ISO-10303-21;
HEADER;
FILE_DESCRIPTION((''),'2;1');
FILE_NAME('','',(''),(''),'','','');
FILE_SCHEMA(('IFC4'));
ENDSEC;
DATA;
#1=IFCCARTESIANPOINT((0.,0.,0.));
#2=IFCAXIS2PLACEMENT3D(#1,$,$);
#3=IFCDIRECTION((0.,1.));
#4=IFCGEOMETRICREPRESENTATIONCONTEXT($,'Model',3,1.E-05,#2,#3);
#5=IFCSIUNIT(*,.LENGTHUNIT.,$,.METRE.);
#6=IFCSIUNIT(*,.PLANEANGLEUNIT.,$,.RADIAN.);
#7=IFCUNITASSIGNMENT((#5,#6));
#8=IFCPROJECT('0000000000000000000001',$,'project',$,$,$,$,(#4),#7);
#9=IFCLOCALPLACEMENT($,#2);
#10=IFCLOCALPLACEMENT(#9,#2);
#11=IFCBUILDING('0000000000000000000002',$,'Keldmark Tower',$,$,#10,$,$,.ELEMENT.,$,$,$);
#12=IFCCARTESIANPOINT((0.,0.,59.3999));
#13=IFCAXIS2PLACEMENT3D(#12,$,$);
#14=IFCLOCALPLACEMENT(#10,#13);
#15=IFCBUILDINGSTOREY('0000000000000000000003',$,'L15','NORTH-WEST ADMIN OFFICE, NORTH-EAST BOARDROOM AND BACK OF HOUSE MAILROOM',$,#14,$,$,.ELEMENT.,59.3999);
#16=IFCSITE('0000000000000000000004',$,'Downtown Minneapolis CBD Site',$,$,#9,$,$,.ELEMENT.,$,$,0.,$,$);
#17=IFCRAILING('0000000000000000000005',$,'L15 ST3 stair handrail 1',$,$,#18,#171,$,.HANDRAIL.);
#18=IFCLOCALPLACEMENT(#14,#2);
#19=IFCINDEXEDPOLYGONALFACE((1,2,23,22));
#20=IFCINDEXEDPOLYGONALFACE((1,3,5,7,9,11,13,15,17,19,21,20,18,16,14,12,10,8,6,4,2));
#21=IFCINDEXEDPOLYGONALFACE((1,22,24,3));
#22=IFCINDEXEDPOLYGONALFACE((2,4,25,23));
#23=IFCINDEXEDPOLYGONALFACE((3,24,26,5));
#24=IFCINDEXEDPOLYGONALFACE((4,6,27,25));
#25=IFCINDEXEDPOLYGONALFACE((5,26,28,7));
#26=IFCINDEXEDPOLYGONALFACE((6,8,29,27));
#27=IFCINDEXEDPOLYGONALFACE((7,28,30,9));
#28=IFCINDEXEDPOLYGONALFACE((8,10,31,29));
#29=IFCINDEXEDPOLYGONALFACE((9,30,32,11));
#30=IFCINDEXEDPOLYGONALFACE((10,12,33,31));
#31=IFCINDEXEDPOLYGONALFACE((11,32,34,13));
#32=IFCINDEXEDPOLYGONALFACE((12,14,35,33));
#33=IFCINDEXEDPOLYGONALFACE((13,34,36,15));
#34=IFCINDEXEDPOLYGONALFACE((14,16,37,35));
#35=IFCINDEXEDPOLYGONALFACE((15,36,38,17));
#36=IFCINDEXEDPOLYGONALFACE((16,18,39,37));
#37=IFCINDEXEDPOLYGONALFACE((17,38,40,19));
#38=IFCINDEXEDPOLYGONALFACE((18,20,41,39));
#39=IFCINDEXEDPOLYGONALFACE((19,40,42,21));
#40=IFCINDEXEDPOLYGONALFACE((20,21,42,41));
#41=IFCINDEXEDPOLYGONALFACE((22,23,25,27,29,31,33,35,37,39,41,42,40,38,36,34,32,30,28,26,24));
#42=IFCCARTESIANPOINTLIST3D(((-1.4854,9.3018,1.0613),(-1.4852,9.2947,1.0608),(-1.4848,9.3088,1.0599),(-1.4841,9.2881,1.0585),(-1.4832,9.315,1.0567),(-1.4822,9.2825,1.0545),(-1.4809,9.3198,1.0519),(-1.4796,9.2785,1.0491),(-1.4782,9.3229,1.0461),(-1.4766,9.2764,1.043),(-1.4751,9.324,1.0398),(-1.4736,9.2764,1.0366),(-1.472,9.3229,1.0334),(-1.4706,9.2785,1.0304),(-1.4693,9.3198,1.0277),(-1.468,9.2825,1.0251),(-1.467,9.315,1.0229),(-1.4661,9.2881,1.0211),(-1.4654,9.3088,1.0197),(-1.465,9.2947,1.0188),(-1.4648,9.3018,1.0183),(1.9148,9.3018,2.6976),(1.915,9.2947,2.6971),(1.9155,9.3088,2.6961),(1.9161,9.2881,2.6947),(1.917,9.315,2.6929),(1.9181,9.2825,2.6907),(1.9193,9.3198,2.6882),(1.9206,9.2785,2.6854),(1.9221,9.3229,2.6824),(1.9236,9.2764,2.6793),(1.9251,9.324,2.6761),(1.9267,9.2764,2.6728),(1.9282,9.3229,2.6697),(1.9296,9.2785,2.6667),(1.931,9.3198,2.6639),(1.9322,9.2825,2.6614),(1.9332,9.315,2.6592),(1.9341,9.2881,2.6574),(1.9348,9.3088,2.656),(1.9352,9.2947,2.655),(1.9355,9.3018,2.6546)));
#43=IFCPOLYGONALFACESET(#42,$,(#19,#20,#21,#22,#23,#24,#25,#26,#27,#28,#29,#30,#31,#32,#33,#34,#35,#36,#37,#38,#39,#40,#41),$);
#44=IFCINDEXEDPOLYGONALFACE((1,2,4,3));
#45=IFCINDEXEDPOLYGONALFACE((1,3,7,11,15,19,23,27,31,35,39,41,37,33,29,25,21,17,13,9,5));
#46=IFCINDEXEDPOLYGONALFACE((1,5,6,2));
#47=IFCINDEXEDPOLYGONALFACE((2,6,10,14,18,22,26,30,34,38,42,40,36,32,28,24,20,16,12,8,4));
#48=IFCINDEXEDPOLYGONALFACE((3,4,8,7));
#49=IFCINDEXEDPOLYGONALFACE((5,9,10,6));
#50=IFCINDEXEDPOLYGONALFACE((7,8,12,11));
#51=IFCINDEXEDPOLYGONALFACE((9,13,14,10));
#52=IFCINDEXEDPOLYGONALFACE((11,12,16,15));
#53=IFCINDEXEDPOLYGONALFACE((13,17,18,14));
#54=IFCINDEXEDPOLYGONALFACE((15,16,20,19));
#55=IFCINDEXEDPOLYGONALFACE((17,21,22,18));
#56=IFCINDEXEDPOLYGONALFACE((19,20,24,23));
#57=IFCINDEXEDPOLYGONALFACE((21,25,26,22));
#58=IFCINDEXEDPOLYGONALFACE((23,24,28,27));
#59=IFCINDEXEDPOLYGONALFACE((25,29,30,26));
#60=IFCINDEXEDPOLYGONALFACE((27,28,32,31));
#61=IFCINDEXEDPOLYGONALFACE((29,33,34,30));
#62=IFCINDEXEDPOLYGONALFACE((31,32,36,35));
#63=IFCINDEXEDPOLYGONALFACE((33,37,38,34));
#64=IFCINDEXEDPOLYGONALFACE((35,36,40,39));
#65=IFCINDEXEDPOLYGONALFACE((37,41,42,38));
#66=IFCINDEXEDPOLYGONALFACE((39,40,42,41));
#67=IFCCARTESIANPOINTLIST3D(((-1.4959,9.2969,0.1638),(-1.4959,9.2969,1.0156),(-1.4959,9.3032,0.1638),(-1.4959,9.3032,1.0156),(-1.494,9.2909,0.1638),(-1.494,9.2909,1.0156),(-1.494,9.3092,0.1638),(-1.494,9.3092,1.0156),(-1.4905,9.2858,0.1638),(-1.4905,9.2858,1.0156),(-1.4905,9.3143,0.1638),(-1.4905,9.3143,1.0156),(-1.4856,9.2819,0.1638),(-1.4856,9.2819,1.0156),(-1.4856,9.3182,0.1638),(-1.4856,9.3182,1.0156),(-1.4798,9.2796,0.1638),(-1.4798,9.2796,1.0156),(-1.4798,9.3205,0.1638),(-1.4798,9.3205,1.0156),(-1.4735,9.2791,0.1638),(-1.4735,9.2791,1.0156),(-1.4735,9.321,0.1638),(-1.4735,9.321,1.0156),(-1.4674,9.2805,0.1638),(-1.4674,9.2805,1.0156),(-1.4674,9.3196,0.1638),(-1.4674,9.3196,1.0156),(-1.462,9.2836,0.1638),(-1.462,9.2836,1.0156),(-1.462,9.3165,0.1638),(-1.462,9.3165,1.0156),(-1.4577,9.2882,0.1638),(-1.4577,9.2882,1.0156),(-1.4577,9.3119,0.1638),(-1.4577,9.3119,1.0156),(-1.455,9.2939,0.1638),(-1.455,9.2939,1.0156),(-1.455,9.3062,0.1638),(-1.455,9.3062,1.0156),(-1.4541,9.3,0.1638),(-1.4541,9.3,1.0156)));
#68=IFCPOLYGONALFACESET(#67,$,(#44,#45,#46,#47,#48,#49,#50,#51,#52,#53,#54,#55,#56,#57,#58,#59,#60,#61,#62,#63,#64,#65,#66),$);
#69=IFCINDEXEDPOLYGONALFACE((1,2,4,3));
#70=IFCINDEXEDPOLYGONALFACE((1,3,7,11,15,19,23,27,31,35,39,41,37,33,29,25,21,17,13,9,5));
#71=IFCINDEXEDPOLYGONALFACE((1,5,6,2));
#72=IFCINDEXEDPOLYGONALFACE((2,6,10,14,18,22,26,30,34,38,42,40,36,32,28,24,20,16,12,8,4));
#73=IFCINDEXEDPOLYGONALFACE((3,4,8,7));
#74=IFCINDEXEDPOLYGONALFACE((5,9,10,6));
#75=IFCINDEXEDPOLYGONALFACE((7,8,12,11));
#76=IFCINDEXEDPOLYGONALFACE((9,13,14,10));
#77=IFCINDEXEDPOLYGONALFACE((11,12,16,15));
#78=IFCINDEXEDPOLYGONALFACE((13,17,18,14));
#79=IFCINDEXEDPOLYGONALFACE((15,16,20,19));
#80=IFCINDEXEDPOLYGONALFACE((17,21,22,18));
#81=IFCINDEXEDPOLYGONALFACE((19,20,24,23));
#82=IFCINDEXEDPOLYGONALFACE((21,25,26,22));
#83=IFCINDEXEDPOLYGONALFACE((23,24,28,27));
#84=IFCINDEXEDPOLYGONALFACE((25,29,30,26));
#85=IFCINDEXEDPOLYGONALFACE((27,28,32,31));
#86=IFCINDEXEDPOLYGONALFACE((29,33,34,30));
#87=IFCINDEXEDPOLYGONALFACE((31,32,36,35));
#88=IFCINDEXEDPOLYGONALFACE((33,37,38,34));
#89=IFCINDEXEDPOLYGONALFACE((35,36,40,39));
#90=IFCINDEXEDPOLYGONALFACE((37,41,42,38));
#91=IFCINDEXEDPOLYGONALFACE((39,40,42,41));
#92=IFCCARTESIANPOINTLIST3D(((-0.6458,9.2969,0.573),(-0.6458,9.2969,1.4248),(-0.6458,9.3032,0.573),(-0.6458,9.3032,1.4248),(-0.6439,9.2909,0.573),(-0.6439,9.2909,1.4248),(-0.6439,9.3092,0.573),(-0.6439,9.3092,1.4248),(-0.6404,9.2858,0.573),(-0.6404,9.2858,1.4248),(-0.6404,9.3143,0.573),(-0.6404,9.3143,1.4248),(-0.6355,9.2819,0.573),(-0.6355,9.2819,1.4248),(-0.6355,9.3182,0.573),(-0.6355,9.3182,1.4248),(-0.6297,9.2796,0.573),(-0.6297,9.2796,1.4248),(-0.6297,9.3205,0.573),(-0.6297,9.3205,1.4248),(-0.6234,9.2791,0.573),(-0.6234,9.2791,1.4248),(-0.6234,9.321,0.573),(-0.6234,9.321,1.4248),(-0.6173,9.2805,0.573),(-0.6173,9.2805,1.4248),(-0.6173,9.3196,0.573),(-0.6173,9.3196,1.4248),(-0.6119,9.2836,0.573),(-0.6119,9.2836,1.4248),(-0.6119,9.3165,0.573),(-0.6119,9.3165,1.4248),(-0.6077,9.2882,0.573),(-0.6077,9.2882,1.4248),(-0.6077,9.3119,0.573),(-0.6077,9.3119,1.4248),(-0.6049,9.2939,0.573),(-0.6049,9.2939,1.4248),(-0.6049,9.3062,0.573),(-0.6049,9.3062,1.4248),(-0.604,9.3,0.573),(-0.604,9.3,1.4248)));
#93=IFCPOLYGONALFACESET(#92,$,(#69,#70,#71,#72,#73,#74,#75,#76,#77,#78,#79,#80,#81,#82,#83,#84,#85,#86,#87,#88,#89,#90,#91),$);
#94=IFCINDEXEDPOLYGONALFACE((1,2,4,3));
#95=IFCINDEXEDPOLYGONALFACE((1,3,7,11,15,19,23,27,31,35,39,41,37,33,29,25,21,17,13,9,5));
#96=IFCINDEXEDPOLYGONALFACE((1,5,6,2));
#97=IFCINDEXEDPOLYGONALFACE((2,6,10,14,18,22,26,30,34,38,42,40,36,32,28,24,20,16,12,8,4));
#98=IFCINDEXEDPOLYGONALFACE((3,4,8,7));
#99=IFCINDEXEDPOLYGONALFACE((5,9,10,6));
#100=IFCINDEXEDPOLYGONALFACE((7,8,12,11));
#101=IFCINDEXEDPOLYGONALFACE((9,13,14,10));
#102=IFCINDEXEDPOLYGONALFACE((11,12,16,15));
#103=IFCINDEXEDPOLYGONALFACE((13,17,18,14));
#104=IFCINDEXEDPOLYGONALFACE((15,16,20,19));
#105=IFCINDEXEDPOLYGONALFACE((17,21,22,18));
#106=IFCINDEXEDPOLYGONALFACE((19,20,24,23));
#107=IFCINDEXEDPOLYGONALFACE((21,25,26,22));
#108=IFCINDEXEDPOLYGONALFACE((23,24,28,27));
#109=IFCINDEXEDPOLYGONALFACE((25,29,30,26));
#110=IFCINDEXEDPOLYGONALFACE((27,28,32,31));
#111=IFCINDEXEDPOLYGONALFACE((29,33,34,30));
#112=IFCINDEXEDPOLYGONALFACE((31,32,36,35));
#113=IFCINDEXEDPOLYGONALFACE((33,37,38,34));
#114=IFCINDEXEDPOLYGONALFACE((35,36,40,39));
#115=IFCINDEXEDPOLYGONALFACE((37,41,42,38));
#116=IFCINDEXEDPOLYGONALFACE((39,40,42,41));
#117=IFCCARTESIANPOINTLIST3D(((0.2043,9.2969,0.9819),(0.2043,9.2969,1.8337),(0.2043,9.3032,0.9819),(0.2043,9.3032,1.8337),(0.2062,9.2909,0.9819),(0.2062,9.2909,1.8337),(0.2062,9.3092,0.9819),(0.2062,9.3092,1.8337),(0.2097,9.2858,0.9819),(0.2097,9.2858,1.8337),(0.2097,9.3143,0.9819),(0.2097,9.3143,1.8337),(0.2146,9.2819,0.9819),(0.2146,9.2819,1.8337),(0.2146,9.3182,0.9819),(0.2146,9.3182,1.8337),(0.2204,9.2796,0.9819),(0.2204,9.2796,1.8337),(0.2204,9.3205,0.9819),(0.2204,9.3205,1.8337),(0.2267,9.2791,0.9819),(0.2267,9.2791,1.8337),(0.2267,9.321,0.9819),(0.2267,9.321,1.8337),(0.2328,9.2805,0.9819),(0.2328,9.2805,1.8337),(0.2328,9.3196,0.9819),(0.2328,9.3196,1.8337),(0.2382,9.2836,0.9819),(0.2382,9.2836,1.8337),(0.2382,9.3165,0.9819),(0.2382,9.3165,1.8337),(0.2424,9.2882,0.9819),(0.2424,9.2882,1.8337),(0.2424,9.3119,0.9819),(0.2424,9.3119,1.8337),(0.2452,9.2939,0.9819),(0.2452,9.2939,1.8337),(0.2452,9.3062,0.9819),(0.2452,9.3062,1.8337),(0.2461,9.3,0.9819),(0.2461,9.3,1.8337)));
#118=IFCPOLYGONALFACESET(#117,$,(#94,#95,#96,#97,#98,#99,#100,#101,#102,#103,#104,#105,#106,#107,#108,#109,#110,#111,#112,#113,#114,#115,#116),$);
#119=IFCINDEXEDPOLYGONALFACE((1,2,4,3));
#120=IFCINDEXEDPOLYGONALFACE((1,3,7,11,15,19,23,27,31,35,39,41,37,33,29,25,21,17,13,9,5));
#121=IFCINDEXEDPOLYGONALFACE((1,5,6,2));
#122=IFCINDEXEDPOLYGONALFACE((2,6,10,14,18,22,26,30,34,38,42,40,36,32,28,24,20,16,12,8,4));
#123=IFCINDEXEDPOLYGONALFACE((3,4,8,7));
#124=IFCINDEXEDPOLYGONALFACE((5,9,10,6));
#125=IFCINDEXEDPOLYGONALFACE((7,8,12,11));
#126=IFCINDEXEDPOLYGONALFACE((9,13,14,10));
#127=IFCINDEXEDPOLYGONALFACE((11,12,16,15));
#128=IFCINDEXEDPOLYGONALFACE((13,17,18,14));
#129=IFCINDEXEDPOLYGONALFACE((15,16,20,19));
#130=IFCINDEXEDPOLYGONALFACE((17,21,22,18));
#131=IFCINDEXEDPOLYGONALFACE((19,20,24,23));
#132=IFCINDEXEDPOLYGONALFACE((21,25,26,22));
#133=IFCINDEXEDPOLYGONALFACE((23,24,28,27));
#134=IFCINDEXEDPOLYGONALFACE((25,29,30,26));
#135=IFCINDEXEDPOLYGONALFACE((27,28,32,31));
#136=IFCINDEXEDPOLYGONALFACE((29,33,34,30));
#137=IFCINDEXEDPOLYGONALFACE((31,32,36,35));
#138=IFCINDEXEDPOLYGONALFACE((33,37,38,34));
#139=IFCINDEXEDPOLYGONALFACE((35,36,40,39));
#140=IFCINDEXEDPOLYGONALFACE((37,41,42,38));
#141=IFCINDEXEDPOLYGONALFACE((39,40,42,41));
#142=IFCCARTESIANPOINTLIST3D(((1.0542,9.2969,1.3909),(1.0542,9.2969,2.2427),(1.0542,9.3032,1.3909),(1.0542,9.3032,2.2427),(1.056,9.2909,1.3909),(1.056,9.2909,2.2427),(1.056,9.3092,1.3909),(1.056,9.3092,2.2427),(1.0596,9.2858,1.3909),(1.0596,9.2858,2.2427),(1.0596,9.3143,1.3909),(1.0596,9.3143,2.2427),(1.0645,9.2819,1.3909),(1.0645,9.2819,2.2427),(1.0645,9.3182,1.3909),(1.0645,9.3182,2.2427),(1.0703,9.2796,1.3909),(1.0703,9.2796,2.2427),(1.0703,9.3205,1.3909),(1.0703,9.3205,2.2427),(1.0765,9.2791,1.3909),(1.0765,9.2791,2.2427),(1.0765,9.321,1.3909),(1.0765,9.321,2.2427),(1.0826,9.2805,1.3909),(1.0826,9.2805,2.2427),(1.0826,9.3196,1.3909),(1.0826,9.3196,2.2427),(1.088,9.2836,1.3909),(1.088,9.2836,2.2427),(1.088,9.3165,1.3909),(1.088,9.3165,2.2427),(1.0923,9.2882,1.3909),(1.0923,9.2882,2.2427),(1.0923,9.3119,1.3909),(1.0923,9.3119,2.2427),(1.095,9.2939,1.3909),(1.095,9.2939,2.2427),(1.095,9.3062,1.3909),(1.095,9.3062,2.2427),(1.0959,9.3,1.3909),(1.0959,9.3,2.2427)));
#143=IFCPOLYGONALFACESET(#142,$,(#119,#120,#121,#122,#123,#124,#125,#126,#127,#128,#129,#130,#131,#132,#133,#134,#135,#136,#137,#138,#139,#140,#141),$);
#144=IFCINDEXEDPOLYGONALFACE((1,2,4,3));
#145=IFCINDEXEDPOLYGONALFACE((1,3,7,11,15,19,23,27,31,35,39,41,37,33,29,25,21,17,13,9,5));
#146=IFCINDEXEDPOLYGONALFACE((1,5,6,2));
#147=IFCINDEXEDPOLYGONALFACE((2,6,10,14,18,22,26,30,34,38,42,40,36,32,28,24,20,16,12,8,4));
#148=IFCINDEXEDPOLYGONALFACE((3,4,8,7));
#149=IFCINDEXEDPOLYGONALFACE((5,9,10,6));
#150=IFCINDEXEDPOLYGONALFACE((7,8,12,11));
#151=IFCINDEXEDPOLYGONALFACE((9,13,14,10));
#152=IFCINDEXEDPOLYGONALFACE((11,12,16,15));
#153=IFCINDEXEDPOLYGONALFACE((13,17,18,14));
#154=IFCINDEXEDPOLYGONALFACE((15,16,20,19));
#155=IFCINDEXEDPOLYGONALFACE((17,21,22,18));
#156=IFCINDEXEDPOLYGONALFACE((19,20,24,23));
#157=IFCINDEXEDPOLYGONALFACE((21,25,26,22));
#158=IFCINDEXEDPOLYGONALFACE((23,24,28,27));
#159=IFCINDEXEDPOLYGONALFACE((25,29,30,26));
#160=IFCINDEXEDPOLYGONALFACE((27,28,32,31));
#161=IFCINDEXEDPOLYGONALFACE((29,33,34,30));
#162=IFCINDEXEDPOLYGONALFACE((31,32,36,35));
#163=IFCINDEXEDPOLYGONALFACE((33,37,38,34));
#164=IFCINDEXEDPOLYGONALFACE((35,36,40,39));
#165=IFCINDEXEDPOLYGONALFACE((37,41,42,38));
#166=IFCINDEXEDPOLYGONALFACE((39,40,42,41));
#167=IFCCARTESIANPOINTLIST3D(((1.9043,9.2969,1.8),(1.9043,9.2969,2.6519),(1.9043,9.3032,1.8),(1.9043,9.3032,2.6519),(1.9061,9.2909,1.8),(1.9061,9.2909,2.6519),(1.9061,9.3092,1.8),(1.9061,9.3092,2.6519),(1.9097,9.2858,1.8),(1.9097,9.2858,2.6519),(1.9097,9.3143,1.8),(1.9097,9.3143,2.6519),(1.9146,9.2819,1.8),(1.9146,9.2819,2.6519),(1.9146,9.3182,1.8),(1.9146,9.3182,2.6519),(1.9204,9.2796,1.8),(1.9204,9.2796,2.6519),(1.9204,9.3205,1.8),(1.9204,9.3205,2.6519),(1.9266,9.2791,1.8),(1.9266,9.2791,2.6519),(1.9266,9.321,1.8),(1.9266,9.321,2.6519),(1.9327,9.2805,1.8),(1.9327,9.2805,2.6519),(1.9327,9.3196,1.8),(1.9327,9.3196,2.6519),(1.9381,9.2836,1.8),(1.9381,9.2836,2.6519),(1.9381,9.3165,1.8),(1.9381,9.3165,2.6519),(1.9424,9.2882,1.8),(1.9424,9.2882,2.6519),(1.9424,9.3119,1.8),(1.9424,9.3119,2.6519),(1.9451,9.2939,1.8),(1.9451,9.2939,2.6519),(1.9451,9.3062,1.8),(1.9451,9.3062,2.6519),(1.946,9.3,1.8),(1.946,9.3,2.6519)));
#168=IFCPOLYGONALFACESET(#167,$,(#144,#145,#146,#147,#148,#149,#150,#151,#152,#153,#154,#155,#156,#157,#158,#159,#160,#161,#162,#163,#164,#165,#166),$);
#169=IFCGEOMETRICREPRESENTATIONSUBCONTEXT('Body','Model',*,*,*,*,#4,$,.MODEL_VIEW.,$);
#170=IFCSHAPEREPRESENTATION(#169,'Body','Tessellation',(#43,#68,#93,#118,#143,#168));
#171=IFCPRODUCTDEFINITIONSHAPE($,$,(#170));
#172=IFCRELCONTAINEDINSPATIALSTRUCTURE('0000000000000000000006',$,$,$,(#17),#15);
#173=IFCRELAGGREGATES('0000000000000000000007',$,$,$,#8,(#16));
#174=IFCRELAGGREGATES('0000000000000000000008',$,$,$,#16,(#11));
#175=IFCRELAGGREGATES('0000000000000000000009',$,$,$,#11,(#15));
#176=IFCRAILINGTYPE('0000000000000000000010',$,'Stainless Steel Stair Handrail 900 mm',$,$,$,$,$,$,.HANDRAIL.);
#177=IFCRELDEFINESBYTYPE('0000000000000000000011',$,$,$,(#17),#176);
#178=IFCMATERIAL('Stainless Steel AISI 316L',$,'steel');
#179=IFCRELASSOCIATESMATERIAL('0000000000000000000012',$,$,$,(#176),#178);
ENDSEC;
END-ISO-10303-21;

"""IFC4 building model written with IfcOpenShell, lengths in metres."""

from ifc_helpers import new_model, si_unit, direction, frame, origin, origin_2d, place, context, subcontext, project, spatial, circle, extrude, material, type_object, element, save


model = new_model("IFC4")

# Units and contexts
model_context = context("Model", 3, precision=1e-05, world=origin(), true_north=direction((0.0, 1.0)))
body_context = subcontext(model_context, "Body", "Model", "MODEL_VIEW")
ifc_project = project(units=[si_unit("LENGTHUNIT", "METRE"), si_unit("PLANEANGLEUNIT", "RADIAN")], contexts=[model_context])

# Site, building, storey
site_placement = place(None, origin())
site = spatial("IfcSite", under=ifc_project, at=site_placement, Name="Downtown Minneapolis CBD Site", CompositionType="ELEMENT", RefElevation=0.0)
building_placement = place(site_placement, origin())
building = spatial("IfcBuilding", under=site, at=building_placement, Name="Keldmark Tower", CompositionType="ELEMENT")
storey_placement = place(building_placement, frame((0.0, 0.0, 59.3999)))
storey = spatial("IfcBuildingStorey", under=building, at=storey_placement, Name="L15", Description="NORTH-WEST ADMIN OFFICE, NORTH-EAST BOARDROOM AND BACK OF HOUSE MAILROOM", CompositionType="ELEMENT", Elevation=59.3999)

# Railing
ifc_material_1 = material(Name="Stainless Steel AISI 316L", Category="steel")
railing_type_1 = type_object("IfcRailingType", Name="Stainless Steel Stair Handrail 900 mm", PredefinedType="HANDRAIL", material=ifc_material_1)
railing_1_placement = place(storey_placement, frame((-1.4751, 9.3, 0.1638)))
element("IfcRailing", 1, at=railing_1_placement, inside=storey, type_object=railing_type_1, Name="L15 ST3 stair handrail 1", PredefinedType="HANDRAIL", context=body_context, shape_type="SweptSolid", body=[
    extrude(circle(Radius=0.0239, at=origin_2d()), frame((0.0, 0.0, 0.876), z_axis=(0.901093, 0.0, 0.433627), x_axis=(0.0, 1.0, 0.0)), (0.0, 0.0, 1.0), 3.7734),
    extrude(circle(Radius=0.021, at=origin_2d()), origin(), (0.0, 0.0, 1.0), 0.8518),
    extrude(circle(Radius=0.021, at=origin_2d()), frame((0.8501, 0.0, 0.4092)), (0.0, 0.0, 1.0), 0.8518),
    extrude(circle(Radius=0.021, at=origin_2d()), frame((1.7002, 0.0, 0.8181)), (0.0, 0.0, 1.0), 0.8518),
    extrude(circle(Radius=0.021, at=origin_2d()), frame((2.55, 0.0, 1.2271)), (0.0, 0.0, 1.0), 0.8518),
    extrude(circle(Radius=0.021, at=origin_2d()), frame((3.4001, 0.0, 1.6362)), (0.0, 0.0, 1.0), 0.8518),
])

save(model, "model.ifc")
